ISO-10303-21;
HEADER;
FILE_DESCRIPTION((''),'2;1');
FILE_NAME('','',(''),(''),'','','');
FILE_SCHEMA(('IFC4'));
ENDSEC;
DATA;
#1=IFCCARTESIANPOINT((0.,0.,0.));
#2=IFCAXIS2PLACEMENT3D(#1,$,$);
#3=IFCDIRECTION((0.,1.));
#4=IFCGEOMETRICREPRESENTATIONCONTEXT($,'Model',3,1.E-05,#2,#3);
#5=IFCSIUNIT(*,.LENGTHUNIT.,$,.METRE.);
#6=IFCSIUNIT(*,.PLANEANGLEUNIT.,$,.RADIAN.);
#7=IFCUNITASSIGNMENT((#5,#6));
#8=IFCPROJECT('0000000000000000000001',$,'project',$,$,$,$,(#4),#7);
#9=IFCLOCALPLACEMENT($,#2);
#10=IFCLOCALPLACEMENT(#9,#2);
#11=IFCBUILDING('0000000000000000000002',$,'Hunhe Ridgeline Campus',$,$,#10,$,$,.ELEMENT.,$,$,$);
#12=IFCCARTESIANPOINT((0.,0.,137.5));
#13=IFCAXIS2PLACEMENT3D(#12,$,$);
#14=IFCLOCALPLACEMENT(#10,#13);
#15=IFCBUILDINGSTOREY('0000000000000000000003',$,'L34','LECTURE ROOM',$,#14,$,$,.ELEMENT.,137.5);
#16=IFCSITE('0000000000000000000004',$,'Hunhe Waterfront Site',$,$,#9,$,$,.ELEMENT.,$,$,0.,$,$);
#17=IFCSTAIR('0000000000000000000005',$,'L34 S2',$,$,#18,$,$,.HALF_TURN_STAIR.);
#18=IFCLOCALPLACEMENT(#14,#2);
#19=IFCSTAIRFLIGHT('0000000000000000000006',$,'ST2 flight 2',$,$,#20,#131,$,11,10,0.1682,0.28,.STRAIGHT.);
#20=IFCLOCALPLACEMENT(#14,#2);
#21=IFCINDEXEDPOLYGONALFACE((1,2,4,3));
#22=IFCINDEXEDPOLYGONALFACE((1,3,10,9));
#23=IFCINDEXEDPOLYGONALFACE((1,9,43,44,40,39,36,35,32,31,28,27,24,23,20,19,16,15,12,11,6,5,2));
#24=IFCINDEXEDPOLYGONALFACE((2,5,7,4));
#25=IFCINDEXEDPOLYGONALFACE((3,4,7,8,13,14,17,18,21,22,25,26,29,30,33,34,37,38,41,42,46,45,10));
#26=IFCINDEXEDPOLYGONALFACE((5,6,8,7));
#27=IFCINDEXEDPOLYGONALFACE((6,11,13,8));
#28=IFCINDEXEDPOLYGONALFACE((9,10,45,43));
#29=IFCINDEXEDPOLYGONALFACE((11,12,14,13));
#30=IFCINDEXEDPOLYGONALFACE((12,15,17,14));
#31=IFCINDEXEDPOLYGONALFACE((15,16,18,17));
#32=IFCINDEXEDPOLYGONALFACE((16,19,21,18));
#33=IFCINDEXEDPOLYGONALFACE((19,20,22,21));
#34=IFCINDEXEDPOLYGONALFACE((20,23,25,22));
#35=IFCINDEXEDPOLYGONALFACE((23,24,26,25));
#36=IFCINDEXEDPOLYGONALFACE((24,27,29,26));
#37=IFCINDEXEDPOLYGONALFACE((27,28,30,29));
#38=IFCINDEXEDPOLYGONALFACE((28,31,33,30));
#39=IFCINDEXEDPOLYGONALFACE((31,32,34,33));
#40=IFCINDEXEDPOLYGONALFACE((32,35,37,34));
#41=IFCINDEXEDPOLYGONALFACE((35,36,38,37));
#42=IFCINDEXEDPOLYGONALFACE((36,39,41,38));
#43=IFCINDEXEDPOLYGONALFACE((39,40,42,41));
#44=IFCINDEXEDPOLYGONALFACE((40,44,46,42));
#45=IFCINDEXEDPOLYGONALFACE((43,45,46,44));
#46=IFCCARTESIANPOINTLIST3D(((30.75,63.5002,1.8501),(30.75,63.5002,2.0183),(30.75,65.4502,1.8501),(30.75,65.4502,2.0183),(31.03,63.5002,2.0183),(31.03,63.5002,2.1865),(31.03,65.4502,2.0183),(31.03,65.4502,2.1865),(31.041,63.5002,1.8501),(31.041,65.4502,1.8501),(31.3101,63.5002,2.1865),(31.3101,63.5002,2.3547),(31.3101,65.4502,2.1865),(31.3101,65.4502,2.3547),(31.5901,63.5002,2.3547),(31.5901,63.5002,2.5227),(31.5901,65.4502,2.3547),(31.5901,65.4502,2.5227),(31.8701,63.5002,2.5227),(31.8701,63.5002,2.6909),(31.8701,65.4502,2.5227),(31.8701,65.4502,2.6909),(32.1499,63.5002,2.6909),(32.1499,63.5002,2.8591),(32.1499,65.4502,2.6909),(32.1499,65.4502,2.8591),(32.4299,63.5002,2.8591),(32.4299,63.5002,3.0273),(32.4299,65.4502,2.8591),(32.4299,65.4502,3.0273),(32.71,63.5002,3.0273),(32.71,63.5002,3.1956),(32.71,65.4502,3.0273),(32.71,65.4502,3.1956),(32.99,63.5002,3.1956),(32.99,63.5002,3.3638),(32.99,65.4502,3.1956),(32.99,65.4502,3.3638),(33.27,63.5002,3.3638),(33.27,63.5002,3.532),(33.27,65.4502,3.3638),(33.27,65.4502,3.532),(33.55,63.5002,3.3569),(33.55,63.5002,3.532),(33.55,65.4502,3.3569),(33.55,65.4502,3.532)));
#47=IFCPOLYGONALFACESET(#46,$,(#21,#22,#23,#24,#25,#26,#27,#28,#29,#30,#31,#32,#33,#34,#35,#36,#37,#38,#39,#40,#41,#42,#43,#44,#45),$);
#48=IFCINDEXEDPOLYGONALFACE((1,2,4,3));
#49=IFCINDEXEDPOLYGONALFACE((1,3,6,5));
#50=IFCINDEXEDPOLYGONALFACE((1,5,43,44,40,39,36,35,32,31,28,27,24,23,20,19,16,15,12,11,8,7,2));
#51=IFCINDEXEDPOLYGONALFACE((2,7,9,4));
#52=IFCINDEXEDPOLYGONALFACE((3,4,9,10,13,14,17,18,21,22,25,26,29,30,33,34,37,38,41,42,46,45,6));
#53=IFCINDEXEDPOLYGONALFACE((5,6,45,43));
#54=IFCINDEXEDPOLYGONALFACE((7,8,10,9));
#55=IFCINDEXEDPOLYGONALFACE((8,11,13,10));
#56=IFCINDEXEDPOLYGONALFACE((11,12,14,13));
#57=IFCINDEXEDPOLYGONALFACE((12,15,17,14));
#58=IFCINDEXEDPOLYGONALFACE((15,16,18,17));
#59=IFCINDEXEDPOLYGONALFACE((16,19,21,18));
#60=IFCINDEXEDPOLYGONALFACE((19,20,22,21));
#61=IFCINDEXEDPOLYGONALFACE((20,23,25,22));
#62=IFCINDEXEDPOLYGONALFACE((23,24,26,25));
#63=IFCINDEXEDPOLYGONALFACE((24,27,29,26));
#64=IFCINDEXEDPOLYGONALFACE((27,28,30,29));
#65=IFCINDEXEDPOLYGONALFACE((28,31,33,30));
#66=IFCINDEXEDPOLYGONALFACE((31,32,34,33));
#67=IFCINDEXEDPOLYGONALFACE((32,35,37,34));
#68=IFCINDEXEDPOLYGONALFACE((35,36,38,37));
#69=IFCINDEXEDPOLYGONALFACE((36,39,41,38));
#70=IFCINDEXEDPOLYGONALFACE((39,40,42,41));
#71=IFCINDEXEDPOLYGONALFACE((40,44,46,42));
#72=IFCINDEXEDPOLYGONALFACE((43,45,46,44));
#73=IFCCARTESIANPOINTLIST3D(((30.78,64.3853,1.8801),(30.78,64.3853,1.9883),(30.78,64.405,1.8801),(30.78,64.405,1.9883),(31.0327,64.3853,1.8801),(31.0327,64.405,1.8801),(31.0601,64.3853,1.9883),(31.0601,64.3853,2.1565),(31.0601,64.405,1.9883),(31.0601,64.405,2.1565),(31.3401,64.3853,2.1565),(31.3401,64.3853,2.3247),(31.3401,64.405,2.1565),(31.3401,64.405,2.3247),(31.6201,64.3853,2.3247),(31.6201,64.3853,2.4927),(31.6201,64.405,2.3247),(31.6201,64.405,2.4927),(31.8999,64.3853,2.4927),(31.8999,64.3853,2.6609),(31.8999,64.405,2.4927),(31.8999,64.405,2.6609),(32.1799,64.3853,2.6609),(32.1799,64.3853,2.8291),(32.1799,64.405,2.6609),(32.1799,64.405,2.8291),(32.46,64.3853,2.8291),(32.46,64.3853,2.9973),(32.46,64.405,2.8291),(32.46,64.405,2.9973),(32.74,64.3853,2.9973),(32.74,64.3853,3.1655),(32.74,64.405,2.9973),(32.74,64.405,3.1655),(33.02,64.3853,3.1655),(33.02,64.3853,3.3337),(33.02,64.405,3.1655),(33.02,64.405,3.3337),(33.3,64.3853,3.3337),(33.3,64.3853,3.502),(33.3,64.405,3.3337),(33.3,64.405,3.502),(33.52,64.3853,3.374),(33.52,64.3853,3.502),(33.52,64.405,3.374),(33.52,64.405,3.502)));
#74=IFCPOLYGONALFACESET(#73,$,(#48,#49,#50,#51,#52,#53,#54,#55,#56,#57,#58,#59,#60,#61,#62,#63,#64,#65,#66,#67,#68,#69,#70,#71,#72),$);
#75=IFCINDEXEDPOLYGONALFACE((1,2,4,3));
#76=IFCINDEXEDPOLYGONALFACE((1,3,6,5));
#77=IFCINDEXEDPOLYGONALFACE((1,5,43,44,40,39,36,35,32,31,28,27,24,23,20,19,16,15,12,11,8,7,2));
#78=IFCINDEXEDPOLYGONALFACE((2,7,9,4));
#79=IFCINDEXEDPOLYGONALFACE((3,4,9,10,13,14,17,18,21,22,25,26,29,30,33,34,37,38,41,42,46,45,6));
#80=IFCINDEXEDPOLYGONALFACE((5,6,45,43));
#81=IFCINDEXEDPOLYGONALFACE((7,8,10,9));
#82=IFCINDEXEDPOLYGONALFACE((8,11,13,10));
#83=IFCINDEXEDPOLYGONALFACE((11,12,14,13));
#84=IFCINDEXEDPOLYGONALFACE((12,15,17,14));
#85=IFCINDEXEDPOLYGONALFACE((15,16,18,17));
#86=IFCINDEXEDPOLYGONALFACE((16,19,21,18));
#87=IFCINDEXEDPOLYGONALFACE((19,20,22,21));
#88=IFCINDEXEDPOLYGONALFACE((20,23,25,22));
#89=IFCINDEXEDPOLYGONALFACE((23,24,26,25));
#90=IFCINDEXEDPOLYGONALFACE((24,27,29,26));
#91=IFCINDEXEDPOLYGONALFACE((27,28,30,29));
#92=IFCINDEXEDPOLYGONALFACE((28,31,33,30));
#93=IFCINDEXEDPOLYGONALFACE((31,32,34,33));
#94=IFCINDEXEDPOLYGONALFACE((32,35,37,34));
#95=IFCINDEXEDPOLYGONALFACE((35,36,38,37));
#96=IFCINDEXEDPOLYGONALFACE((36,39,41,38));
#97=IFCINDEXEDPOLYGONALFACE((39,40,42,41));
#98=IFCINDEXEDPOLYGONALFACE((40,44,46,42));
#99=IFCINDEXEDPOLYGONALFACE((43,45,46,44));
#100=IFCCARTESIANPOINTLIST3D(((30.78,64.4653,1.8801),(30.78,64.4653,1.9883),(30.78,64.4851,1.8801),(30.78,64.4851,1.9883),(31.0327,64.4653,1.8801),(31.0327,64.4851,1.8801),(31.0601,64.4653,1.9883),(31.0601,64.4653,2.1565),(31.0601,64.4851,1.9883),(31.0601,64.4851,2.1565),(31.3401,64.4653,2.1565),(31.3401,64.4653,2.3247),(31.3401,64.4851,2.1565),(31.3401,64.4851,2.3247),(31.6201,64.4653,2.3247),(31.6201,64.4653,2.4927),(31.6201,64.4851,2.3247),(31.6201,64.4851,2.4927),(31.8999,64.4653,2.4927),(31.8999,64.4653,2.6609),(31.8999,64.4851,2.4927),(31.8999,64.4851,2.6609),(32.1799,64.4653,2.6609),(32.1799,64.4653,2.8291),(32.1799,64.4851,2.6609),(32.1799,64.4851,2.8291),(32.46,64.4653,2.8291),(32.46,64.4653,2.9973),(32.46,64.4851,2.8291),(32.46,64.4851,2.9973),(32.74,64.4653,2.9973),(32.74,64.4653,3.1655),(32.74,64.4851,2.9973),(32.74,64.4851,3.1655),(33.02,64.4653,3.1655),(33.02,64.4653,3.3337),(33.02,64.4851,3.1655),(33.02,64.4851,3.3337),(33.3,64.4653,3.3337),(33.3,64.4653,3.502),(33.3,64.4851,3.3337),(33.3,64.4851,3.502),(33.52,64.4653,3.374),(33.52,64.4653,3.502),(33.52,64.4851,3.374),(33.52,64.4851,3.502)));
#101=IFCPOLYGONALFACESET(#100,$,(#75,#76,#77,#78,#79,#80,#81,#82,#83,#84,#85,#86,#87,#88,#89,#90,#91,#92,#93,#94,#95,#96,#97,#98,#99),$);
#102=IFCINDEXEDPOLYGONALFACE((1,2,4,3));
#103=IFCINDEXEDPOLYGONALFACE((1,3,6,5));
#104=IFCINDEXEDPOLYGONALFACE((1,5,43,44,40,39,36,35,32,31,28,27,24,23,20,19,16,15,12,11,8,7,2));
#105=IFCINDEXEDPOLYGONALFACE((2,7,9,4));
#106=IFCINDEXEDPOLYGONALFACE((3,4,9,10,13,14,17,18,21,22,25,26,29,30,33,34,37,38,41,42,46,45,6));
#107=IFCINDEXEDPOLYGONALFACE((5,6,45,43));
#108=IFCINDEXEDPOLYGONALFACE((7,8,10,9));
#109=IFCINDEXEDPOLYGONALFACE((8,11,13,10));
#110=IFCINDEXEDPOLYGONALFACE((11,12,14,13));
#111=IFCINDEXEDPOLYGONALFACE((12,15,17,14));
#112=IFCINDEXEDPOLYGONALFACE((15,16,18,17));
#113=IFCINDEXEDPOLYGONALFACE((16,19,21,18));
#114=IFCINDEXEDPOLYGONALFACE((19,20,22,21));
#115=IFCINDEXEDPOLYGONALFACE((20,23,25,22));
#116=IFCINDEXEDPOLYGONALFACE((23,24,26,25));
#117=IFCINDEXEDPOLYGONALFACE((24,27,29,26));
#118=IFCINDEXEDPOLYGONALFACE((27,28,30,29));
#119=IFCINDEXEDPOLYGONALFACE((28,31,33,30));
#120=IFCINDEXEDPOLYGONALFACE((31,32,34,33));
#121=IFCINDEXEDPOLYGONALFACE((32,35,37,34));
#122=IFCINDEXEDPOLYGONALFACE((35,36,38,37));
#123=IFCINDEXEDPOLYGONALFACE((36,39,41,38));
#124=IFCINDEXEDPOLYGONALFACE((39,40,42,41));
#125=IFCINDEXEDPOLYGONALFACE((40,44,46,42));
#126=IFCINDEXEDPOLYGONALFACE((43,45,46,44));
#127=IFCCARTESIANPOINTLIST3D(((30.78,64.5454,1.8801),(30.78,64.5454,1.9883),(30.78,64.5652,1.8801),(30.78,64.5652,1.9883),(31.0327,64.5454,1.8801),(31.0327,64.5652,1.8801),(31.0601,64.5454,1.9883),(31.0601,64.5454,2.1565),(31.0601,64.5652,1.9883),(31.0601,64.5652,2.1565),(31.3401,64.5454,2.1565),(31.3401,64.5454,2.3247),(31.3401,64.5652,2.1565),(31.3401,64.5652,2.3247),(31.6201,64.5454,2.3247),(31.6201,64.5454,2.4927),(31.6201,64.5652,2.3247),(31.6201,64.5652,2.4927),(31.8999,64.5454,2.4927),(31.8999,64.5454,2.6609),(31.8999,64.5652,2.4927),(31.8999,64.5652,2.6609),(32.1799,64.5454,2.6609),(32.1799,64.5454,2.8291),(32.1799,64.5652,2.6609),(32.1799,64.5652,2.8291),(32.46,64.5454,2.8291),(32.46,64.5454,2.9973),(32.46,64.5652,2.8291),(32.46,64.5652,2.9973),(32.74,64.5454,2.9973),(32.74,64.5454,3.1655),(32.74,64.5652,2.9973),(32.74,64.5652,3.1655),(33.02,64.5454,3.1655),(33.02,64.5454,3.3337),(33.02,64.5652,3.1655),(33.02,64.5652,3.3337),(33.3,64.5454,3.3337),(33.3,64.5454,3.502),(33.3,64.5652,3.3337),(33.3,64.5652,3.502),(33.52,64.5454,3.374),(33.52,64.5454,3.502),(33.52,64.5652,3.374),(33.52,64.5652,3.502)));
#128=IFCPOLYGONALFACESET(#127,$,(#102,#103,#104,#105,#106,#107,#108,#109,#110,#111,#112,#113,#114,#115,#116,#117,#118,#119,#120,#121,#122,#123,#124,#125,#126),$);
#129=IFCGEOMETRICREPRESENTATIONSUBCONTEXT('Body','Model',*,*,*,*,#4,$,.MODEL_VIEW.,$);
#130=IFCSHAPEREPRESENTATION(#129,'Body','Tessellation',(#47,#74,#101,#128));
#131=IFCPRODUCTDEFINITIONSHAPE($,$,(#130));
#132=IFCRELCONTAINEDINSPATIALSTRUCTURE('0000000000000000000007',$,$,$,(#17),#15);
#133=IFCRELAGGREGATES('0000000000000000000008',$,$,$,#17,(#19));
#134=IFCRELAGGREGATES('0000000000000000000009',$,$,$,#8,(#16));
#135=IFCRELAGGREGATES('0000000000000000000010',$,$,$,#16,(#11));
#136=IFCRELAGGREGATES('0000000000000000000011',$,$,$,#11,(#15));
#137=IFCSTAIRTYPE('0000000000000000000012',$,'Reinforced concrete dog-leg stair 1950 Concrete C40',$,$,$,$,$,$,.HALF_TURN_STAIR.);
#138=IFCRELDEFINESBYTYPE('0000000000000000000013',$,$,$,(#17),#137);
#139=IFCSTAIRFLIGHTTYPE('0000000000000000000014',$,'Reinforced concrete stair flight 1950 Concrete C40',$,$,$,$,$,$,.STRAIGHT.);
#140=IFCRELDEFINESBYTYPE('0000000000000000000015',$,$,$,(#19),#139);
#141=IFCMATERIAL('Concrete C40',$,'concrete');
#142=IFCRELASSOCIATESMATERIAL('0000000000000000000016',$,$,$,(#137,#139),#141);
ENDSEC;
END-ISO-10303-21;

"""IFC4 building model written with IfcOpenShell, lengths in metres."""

from ifc_helpers import new_model, si_unit, direction, frame, origin, place, context, subcontext, project, spatial, polyline, outline, extrude, material, type_object, element, aggregate, save


model = new_model("IFC4")

# Units and contexts
model_context = context("Model", 3, precision=1e-05, world=origin(), true_north=direction((0.0, 1.0)))
body_context = subcontext(model_context, "Body", "Model", "MODEL_VIEW")
ifc_project = project(units=[si_unit("LENGTHUNIT", "METRE"), si_unit("PLANEANGLEUNIT", "RADIAN")], contexts=[model_context])

# Site, building, storey
site_placement = place(None, origin())
site = spatial("IfcSite", under=ifc_project, at=site_placement, Name="Hunhe Waterfront Site", CompositionType="ELEMENT", RefElevation=0.0)
building_placement = place(site_placement, origin())
building = spatial("IfcBuilding", under=site, at=building_placement, Name="Hunhe Ridgeline Campus", CompositionType="ELEMENT")
storey_placement = place(building_placement, frame((0.0, 0.0, 137.5)))
storey = spatial("IfcBuildingStorey", under=building, at=storey_placement, Name="L34", Description="LECTURE ROOM", CompositionType="ELEMENT", Elevation=137.5)

# Stair, stair flight
ifc_material_1 = material(Name="Concrete C40", Category="concrete")
stair_type = type_object("IfcStairType", Name="Reinforced concrete dog-leg stair 1950 Concrete C40", PredefinedType="HALF_TURN_STAIR", material=ifc_material_1)
stair_placement = place(storey_placement, origin())
stair = element("IfcStair", 1, at=stair_placement, inside=storey, type_object=stair_type, Name="L34 S2", PredefinedType="HALF_TURN_STAIR")
stair_flight_type = type_object("IfcStairFlightType", Name="Reinforced concrete stair flight 1950 Concrete C40", PredefinedType="STRAIGHT", material=ifc_material_1)
stair_flight_1_placement = place(storey_placement, frame((30.75, 64.4751, 1.8501), z_axis=(0.0, 0.0, 1.0), x_axis=(1.0, 0.0, 0.0)))
stair_flight_1 = element("IfcStairFlight", 2, at=stair_flight_1_placement, type_object=stair_flight_type, Name="ST2 flight 2", NumberOfRisers=11, NumberOfTreads=10, PredefinedType="STRAIGHT", RiserHeight=0.1682, TreadLength=0.28, context=body_context, shape_type="SweptSolid", body=[
    extrude(outline(polyline([(0.0, 0.0), (0.0, 0.1682), (0.28, 0.1682), (0.28, 0.3364), (0.5601, 0.3364), (0.5601, 0.5046), (0.8401, 0.5046), (0.8401, 0.6726), (1.1201, 0.6726), (1.1201, 0.8408), (1.3999, 0.8408), (1.3999, 1.009), (1.6799, 1.009), (1.6799, 1.1772), (1.96, 1.1772), (1.96, 1.3455), (2.24, 1.3455), (2.24, 1.5137), (2.52, 1.5137), (2.52, 1.6819), (2.8, 1.6819), (2.8, 1.8501), (2.8, 1.5068), (0.291, 0.0), (0.0, 0.0)])), frame((0.0, 0.9751, 0.0), z_axis=(0.0, -1.0, 0.0), x_axis=(1.0, 0.0, 0.0)), (0.0, 0.0, 1.0), 1.95),
    extrude(outline(polyline([(0.03, 0.03), (0.03, 0.1382), (0.3101, 0.1382), (0.3101, 0.3064), (0.5901, 0.3064), (0.5901, 0.4746), (0.8701, 0.4746), (0.8701, 0.6426), (1.1499, 0.6426), (1.1499, 0.8108), (1.4299, 0.8108), (1.4299, 0.979), (1.71, 0.979), (1.71, 1.1472), (1.99, 1.1472), (1.99, 1.3154), (2.27, 1.3154), (2.27, 1.4836), (2.55, 1.4836), (2.55, 1.6519), (2.77, 1.6519), (2.77, 1.5239), (0.2827, 0.03), (0.03, 0.03)])), frame((0.0, -0.0701, 0.0), z_axis=(0.0, -1.0, 0.0), x_axis=(1.0, 0.0, 0.0)), (0.0, 0.0, 1.0), 0.0198),
    extrude(outline(polyline([(0.03, 0.03), (0.03, 0.1382), (0.3101, 0.1382), (0.3101, 0.3064), (0.5901, 0.3064), (0.5901, 0.4746), (0.8701, 0.4746), (0.8701, 0.6426), (1.1499, 0.6426), (1.1499, 0.8108), (1.4299, 0.8108), (1.4299, 0.979), (1.71, 0.979), (1.71, 1.1472), (1.99, 1.1472), (1.99, 1.3154), (2.27, 1.3154), (2.27, 1.4836), (2.55, 1.4836), (2.55, 1.6519), (2.77, 1.6519), (2.77, 1.5239), (0.2827, 0.03), (0.03, 0.03)])), frame((0.0, 0.01, 0.0), z_axis=(0.0, -1.0, 0.0), x_axis=(1.0, 0.0, 0.0)), (0.0, 0.0, 1.0), 0.0198),
    extrude(outline(polyline([(0.03, 0.03), (0.03, 0.1382), (0.3101, 0.1382), (0.3101, 0.3064), (0.5901, 0.3064), (0.5901, 0.4746), (0.8701, 0.4746), (0.8701, 0.6426), (1.1499, 0.6426), (1.1499, 0.8108), (1.4299, 0.8108), (1.4299, 0.979), (1.71, 0.979), (1.71, 1.1472), (1.99, 1.1472), (1.99, 1.3154), (2.27, 1.3154), (2.27, 1.4836), (2.55, 1.4836), (2.55, 1.6519), (2.77, 1.6519), (2.77, 1.5239), (0.2827, 0.03), (0.03, 0.03)])), frame((0.0, 0.0901, 0.0), z_axis=(0.0, -1.0, 0.0), x_axis=(1.0, 0.0, 0.0)), (0.0, 0.0, 1.0), 0.0198),
])
aggregate(stair, [stair_flight_1])

save(model, "model.ifc")
